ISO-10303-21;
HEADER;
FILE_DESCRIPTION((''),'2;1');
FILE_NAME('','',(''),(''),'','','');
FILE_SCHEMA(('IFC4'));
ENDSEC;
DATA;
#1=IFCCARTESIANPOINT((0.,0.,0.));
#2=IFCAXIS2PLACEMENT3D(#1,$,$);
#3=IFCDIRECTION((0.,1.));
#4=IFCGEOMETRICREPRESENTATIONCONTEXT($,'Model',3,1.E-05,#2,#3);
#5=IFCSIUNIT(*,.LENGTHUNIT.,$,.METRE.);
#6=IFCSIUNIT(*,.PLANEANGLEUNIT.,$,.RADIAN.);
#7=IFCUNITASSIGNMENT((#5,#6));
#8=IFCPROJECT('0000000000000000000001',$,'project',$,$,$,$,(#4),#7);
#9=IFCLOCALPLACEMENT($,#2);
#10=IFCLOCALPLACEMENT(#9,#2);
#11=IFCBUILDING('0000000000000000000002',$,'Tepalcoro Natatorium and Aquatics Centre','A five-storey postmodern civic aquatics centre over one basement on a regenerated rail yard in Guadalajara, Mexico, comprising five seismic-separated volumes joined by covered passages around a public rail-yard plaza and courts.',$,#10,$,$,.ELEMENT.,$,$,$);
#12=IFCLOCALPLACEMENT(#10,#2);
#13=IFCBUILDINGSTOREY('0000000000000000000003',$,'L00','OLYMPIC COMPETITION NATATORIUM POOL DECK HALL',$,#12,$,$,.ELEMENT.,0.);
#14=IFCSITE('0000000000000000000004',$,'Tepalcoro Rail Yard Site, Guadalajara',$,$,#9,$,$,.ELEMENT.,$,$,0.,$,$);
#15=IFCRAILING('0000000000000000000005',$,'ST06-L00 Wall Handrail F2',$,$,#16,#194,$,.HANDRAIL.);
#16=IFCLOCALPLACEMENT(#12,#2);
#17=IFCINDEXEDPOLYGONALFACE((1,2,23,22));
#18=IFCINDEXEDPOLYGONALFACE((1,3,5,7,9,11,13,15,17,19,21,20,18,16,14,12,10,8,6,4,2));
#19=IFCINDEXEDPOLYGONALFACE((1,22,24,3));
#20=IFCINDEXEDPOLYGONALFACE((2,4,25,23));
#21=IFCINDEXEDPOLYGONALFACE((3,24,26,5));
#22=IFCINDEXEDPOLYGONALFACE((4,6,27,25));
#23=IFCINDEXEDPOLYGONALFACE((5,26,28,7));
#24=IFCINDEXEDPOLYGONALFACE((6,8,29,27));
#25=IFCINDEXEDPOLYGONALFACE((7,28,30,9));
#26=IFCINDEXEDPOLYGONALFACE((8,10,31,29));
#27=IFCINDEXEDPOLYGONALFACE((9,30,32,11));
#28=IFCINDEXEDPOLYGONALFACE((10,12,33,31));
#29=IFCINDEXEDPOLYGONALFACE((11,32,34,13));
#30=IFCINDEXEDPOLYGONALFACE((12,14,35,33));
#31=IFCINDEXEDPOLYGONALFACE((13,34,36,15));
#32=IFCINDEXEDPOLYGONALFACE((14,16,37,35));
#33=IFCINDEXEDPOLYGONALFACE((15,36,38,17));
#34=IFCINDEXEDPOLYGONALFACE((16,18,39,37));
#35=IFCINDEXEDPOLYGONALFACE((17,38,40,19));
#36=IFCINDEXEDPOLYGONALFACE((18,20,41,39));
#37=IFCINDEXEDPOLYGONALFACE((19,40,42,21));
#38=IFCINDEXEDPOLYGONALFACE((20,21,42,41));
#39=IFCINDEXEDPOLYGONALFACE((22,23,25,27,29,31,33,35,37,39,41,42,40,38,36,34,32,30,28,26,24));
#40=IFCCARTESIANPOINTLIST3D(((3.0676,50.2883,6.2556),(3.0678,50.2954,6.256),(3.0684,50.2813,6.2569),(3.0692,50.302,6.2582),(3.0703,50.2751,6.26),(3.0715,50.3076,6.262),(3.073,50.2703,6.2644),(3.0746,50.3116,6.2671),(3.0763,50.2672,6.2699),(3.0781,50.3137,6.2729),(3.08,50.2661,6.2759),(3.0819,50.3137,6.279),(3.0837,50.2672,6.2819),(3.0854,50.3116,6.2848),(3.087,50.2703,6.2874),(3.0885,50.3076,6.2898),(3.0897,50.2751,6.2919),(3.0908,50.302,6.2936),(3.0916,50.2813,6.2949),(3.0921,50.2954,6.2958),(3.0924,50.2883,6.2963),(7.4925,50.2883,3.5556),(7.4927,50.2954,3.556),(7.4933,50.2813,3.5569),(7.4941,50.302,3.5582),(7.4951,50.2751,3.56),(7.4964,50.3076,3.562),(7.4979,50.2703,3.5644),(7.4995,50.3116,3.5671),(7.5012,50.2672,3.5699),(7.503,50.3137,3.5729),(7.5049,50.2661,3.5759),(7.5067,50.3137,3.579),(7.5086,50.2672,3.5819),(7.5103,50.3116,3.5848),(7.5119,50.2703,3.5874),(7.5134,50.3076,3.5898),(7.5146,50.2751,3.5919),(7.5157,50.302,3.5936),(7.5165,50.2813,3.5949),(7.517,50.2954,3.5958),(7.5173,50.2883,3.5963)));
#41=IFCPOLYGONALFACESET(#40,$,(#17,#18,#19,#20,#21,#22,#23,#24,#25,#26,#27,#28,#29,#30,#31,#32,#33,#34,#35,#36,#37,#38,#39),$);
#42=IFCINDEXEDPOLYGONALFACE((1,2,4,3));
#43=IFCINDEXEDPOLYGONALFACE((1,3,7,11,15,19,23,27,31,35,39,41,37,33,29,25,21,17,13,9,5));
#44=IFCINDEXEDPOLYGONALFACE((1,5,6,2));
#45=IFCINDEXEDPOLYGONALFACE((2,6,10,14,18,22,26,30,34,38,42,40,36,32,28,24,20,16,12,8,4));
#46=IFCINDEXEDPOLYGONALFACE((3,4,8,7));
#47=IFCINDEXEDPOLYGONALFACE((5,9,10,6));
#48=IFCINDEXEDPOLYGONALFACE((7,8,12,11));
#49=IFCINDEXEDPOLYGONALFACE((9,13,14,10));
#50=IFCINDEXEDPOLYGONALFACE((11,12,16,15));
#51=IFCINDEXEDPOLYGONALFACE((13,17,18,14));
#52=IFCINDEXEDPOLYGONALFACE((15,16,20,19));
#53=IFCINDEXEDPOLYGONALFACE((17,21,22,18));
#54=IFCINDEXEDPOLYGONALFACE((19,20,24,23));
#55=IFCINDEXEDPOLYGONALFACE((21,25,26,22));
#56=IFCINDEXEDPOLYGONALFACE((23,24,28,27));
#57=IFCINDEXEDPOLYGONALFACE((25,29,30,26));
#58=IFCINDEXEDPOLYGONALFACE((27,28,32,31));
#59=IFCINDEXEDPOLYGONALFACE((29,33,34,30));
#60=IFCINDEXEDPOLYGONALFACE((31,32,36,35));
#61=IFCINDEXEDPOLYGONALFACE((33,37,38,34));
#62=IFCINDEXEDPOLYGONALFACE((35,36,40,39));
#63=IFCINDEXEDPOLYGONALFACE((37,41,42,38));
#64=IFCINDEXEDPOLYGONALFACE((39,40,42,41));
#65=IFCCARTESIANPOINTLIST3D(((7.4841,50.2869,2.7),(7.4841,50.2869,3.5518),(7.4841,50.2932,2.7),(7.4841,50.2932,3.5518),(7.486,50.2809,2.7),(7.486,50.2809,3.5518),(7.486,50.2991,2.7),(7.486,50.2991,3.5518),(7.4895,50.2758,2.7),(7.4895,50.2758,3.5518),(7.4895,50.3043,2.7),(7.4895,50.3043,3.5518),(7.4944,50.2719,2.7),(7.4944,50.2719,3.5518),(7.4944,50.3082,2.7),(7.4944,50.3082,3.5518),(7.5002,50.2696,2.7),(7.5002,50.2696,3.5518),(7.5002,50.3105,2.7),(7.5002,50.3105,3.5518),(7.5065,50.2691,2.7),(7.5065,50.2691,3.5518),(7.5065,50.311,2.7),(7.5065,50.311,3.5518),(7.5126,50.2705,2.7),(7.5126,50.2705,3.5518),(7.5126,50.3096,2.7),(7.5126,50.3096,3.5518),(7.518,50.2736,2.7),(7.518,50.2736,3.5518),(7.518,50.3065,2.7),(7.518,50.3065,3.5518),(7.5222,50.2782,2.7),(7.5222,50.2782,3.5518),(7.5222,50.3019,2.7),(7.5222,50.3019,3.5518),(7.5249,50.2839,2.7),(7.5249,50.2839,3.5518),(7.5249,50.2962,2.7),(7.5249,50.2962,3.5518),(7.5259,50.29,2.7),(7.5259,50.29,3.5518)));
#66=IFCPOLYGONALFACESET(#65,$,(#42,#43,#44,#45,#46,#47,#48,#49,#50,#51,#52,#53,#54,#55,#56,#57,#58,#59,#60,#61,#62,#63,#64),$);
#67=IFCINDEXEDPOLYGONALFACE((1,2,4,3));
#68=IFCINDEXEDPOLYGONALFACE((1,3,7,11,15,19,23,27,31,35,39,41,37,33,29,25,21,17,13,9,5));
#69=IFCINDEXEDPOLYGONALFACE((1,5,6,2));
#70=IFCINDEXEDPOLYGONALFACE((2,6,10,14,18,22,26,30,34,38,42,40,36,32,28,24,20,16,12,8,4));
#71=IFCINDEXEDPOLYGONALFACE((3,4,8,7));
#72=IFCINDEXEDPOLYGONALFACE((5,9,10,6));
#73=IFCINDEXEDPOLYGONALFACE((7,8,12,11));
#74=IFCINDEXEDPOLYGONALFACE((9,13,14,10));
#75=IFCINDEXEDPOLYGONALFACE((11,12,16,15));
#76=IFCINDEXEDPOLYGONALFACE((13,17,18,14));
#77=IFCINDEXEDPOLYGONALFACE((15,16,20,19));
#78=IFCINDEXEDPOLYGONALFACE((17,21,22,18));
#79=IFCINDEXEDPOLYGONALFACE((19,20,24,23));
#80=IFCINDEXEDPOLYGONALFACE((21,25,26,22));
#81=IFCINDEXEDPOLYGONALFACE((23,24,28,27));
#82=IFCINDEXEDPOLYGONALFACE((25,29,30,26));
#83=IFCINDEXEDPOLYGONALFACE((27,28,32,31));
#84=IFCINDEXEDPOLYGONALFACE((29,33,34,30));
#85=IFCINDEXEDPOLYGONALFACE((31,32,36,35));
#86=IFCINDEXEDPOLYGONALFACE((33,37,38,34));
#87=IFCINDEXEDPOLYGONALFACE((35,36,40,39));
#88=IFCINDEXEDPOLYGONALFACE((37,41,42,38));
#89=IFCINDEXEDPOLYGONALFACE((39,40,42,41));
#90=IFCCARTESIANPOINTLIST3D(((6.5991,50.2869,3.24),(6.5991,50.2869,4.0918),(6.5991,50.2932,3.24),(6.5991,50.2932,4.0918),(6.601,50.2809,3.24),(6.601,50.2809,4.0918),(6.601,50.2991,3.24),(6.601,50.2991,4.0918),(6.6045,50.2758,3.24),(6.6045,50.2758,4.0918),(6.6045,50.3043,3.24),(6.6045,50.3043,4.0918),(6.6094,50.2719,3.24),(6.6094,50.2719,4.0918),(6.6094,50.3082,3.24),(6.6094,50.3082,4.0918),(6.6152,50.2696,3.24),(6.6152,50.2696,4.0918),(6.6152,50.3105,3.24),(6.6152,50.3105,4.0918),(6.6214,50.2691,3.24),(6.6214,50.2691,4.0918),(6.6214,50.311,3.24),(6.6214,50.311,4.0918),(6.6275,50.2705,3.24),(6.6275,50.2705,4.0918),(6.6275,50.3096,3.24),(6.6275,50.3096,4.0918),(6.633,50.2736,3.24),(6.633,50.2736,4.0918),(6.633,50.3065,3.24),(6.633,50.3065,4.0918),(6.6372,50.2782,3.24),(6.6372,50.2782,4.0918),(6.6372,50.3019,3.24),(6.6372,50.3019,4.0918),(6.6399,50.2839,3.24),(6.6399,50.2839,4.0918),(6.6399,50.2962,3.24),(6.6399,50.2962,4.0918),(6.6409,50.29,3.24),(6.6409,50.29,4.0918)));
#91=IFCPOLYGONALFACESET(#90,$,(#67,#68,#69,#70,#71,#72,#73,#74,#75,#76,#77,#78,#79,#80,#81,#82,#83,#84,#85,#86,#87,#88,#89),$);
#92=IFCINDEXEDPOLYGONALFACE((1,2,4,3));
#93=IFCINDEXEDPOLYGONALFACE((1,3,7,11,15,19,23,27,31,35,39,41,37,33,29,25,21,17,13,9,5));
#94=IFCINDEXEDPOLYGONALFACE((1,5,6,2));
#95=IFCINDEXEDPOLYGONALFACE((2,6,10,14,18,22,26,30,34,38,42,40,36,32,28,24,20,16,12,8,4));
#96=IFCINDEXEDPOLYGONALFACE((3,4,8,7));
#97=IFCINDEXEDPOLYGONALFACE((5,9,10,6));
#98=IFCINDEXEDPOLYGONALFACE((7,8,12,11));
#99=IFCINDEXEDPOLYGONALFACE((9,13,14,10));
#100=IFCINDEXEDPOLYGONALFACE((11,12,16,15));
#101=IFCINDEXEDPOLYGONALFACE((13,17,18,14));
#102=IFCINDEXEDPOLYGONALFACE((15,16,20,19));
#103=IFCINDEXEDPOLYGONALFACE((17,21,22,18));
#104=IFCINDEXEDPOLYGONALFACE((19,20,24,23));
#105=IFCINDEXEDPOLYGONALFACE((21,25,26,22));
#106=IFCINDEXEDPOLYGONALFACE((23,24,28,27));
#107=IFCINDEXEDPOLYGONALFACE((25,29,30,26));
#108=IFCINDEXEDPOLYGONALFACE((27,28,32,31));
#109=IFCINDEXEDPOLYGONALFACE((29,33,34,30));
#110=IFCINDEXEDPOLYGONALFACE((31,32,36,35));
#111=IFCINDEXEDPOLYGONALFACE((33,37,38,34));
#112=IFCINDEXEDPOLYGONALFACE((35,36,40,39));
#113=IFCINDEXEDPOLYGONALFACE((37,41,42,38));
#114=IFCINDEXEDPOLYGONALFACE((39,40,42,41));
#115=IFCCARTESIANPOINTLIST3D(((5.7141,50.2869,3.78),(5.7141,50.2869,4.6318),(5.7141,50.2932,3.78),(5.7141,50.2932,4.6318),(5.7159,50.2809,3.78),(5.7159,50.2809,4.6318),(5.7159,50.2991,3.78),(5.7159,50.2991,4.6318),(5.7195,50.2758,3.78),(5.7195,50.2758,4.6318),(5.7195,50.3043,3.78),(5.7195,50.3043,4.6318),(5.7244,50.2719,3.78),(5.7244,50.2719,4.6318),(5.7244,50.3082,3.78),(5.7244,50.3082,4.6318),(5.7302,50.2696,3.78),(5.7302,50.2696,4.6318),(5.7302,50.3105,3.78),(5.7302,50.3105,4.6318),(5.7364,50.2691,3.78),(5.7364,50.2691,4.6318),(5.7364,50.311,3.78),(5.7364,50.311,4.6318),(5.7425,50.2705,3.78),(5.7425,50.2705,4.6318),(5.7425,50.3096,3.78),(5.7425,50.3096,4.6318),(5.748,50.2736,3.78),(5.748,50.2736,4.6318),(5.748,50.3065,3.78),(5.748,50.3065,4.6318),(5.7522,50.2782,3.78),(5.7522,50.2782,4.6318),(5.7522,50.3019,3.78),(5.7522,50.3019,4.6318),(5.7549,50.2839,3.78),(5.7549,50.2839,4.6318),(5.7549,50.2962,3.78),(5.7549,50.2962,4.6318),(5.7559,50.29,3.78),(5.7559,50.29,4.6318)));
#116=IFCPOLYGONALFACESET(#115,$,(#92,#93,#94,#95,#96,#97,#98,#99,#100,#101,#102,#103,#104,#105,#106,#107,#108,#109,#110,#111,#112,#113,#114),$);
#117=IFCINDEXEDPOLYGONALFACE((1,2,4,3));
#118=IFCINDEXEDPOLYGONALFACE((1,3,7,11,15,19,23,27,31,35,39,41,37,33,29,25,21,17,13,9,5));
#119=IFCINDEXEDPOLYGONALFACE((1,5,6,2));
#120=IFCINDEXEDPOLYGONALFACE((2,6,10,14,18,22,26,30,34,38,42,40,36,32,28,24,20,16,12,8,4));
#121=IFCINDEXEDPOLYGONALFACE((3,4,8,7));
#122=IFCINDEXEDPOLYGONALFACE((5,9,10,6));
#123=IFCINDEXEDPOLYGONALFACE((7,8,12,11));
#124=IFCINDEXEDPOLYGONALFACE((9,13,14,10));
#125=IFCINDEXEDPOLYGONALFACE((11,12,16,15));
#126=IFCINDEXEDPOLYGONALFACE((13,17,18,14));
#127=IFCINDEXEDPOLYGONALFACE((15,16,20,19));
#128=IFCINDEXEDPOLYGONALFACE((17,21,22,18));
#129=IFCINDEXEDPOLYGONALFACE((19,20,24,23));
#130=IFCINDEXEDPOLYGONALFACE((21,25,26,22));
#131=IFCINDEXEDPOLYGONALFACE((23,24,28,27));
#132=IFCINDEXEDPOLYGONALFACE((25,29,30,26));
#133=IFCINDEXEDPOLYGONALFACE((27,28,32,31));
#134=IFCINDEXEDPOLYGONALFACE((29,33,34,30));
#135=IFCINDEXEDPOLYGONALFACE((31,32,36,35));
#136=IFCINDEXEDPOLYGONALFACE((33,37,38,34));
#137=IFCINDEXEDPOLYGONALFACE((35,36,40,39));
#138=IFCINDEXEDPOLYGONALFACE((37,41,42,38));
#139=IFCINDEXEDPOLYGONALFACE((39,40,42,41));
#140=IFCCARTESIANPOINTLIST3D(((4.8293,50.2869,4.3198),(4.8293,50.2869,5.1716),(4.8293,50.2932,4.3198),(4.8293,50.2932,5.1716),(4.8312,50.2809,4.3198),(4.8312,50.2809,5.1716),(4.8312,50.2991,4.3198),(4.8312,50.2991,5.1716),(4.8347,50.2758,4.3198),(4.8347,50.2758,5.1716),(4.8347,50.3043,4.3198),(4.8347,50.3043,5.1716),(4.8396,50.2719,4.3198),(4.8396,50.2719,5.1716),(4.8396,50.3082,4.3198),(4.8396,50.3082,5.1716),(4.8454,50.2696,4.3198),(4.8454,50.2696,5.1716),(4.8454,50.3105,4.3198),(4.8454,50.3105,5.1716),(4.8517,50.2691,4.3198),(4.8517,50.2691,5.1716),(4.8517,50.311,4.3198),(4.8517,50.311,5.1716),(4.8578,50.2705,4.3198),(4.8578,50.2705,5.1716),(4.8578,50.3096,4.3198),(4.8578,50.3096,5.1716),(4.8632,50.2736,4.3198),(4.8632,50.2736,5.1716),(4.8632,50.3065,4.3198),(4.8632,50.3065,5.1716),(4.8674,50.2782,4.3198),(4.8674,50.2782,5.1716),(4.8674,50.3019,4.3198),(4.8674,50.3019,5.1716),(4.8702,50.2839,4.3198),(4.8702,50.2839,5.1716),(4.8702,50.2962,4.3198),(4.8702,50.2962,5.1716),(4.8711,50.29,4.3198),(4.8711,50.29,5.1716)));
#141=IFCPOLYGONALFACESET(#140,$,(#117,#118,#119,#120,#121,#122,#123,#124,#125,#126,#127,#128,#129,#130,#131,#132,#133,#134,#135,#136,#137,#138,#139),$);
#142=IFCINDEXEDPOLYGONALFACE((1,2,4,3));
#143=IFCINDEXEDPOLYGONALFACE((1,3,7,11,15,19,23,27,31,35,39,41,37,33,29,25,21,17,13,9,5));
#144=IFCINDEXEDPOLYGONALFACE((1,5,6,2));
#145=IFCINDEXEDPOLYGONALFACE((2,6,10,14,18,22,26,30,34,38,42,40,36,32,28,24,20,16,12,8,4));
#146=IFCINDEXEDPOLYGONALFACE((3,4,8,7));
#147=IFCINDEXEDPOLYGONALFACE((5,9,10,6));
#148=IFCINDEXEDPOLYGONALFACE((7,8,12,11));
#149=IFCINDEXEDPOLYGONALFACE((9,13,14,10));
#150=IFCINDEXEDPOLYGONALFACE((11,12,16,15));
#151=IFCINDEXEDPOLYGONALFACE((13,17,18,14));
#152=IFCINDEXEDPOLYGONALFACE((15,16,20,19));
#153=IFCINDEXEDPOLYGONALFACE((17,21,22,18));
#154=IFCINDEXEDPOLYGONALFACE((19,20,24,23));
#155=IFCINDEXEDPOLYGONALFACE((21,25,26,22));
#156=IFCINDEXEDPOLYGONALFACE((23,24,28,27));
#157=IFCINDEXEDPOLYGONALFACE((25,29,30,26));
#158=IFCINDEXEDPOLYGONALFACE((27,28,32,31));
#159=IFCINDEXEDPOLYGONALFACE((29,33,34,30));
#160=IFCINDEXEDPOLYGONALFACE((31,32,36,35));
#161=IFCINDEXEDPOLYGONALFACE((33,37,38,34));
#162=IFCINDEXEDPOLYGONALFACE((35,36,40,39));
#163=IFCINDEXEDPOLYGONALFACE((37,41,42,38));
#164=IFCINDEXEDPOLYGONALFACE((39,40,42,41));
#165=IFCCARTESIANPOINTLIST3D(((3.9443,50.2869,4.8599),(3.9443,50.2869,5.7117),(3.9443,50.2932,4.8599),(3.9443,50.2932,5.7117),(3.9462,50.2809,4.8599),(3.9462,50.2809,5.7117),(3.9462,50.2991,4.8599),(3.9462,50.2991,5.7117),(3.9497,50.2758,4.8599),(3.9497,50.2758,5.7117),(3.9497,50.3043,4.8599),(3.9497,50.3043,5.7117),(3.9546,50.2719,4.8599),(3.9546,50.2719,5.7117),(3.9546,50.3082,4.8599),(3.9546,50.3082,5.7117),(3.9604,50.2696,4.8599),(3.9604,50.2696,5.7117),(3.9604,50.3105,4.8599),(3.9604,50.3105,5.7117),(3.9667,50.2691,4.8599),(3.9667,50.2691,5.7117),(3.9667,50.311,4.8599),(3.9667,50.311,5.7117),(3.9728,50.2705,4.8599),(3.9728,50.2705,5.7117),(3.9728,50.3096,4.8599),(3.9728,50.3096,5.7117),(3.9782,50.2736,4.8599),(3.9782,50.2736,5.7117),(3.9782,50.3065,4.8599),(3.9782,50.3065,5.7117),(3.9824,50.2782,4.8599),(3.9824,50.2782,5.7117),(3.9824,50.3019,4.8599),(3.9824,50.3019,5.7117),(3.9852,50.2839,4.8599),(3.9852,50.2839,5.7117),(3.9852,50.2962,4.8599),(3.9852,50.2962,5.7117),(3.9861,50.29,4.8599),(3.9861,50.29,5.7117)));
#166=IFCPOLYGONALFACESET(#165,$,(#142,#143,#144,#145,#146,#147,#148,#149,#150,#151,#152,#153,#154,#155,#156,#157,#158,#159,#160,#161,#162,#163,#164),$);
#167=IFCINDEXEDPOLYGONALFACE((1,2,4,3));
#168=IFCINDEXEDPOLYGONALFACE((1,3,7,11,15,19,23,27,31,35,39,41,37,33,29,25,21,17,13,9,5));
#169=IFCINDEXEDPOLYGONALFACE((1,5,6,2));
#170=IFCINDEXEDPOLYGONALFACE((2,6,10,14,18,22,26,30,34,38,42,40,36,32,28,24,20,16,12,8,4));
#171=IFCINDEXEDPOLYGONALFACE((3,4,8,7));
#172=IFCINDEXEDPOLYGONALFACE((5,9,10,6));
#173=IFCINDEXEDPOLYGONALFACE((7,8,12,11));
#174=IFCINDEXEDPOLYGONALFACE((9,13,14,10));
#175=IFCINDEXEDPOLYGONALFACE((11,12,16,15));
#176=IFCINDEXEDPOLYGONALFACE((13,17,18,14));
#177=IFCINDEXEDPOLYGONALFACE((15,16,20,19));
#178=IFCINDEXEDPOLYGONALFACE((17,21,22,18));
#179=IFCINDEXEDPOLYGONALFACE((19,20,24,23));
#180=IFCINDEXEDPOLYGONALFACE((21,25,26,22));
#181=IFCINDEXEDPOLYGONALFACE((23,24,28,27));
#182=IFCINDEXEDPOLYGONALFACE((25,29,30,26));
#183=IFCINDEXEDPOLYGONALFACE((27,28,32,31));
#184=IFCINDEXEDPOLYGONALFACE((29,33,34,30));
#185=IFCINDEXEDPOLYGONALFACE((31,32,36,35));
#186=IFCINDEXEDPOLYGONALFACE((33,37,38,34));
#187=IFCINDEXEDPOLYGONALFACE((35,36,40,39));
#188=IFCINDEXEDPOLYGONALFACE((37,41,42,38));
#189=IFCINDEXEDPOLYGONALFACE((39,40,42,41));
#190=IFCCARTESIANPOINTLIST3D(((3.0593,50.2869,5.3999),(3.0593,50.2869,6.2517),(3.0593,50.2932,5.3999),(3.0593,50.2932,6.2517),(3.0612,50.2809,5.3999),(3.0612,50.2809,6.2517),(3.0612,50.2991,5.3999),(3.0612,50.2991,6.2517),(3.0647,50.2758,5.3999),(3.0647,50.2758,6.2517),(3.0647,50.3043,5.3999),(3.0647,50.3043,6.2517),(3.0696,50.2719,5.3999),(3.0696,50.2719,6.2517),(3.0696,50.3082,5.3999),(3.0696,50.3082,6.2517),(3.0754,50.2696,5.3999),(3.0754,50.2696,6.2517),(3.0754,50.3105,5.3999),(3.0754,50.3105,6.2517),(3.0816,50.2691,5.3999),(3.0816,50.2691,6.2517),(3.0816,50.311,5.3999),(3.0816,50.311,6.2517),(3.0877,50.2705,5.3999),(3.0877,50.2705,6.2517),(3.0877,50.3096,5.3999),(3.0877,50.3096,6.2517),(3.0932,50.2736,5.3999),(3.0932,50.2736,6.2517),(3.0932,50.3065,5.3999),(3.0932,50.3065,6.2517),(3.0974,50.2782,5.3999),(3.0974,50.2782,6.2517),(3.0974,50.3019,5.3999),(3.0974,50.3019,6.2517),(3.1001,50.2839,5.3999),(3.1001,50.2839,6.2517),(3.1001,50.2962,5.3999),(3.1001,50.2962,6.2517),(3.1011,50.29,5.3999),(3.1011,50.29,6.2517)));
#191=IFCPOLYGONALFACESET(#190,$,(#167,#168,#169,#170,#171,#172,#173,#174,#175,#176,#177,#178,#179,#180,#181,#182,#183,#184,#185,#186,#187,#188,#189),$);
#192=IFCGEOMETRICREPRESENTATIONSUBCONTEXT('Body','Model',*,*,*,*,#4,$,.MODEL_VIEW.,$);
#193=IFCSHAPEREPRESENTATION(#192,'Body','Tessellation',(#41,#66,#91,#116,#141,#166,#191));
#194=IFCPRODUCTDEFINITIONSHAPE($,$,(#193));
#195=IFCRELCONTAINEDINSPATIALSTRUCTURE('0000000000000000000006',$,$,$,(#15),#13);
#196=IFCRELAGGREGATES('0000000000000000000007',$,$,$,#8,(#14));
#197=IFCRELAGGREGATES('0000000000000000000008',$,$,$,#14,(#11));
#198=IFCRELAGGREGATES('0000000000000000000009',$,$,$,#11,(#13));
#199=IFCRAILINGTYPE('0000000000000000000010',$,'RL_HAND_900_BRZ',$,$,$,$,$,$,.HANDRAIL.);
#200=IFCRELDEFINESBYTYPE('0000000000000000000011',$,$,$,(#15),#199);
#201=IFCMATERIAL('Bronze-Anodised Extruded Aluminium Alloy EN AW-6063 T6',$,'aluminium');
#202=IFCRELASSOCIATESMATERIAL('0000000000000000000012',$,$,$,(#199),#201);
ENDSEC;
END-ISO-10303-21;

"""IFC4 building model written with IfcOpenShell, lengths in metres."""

from ifc_helpers import new_model, si_unit, direction, frame, origin, origin_2d, place, context, subcontext, project, spatial, circle, extrude, material, type_object, element, save


model = new_model("IFC4")

# Units and contexts
model_context = context("Model", 3, precision=1e-05, world=origin(), true_north=direction((0.0, 1.0)))
body_context = subcontext(model_context, "Body", "Model", "MODEL_VIEW")
ifc_project = project(units=[si_unit("LENGTHUNIT", "METRE"), si_unit("PLANEANGLEUNIT", "RADIAN")], contexts=[model_context])

# Site, building, storey
site_placement = place(None, origin())
site = spatial("IfcSite", under=ifc_project, at=site_placement, Name="Tepalcoro Rail Yard Site, Guadalajara", CompositionType="ELEMENT", RefElevation=0.0)
building_placement = place(site_placement, origin())
building = spatial("IfcBuilding", under=site, at=building_placement, Name="Tepalcoro Natatorium and Aquatics Centre", Description="A five-storey postmodern civic aquatics centre over one basement on a regenerated rail yard in Guadalajara, Mexico, comprising five seismic-separated volumes joined by covered passages around a public rail-yard plaza and courts.", CompositionType="ELEMENT")
storey_placement = place(building_placement, origin())
storey = spatial("IfcBuildingStorey", under=building, at=storey_placement, Name="L00", Description="OLYMPIC COMPETITION NATATORIUM POOL DECK HALL", CompositionType="ELEMENT", Elevation=0.0)

# Shared definitions
ifc_material_1 = material(Name="Bronze-Anodised Extruded Aluminium Alloy EN AW-6063 T6", Category="aluminium")

# Railing
railing_type_1 = type_object("IfcRailingType", Name="RL_HAND_900_BRZ", PredefinedType="HANDRAIL", material=ifc_material_1)
railing_1_placement = place(storey_placement, frame((7.5049, 50.29, 2.7)))
element("IfcRailing", 1, at=railing_1_placement, inside=storey, type_object=railing_type_1, Name="ST06-L00 Wall Handrail F2", PredefinedType="HANDRAIL", context=body_context, shape_type="SweptSolid", body=[
    extrude(circle(Radius=0.0239, at=origin_2d()), frame((0.0, 0.0, 0.876), z_axis=(-0.853633, 0.0, 0.520875), x_axis=(0.0, -1.0, 0.0)), (0.0, 0.0, 1.0), 5.1836),
    extrude(circle(Radius=0.021, at=origin_2d()), origin(), (0.0, 0.0, 1.0), 0.8518),
    extrude(circle(Radius=0.021, at=origin_2d()), frame((-0.885, 0.0, 0.54)), (0.0, 0.0, 1.0), 0.8518),
    extrude(circle(Radius=0.021, at=origin_2d()), frame((-1.77, 0.0, 1.0801)), (0.0, 0.0, 1.0), 0.8518),
    extrude(circle(Radius=0.021, at=origin_2d()), frame((-2.6548, 0.0, 1.6199)), (0.0, 0.0, 1.0), 0.8518),
    extrude(circle(Radius=0.021, at=origin_2d()), frame((-3.5398, 0.0, 2.1599)), (0.0, 0.0, 1.0), 0.8518),
    extrude(circle(Radius=0.021, at=origin_2d()), frame((-4.4248, 0.0, 2.7)), (0.0, 0.0, 1.0), 0.8518),
])

save(model, "model.ifc")
